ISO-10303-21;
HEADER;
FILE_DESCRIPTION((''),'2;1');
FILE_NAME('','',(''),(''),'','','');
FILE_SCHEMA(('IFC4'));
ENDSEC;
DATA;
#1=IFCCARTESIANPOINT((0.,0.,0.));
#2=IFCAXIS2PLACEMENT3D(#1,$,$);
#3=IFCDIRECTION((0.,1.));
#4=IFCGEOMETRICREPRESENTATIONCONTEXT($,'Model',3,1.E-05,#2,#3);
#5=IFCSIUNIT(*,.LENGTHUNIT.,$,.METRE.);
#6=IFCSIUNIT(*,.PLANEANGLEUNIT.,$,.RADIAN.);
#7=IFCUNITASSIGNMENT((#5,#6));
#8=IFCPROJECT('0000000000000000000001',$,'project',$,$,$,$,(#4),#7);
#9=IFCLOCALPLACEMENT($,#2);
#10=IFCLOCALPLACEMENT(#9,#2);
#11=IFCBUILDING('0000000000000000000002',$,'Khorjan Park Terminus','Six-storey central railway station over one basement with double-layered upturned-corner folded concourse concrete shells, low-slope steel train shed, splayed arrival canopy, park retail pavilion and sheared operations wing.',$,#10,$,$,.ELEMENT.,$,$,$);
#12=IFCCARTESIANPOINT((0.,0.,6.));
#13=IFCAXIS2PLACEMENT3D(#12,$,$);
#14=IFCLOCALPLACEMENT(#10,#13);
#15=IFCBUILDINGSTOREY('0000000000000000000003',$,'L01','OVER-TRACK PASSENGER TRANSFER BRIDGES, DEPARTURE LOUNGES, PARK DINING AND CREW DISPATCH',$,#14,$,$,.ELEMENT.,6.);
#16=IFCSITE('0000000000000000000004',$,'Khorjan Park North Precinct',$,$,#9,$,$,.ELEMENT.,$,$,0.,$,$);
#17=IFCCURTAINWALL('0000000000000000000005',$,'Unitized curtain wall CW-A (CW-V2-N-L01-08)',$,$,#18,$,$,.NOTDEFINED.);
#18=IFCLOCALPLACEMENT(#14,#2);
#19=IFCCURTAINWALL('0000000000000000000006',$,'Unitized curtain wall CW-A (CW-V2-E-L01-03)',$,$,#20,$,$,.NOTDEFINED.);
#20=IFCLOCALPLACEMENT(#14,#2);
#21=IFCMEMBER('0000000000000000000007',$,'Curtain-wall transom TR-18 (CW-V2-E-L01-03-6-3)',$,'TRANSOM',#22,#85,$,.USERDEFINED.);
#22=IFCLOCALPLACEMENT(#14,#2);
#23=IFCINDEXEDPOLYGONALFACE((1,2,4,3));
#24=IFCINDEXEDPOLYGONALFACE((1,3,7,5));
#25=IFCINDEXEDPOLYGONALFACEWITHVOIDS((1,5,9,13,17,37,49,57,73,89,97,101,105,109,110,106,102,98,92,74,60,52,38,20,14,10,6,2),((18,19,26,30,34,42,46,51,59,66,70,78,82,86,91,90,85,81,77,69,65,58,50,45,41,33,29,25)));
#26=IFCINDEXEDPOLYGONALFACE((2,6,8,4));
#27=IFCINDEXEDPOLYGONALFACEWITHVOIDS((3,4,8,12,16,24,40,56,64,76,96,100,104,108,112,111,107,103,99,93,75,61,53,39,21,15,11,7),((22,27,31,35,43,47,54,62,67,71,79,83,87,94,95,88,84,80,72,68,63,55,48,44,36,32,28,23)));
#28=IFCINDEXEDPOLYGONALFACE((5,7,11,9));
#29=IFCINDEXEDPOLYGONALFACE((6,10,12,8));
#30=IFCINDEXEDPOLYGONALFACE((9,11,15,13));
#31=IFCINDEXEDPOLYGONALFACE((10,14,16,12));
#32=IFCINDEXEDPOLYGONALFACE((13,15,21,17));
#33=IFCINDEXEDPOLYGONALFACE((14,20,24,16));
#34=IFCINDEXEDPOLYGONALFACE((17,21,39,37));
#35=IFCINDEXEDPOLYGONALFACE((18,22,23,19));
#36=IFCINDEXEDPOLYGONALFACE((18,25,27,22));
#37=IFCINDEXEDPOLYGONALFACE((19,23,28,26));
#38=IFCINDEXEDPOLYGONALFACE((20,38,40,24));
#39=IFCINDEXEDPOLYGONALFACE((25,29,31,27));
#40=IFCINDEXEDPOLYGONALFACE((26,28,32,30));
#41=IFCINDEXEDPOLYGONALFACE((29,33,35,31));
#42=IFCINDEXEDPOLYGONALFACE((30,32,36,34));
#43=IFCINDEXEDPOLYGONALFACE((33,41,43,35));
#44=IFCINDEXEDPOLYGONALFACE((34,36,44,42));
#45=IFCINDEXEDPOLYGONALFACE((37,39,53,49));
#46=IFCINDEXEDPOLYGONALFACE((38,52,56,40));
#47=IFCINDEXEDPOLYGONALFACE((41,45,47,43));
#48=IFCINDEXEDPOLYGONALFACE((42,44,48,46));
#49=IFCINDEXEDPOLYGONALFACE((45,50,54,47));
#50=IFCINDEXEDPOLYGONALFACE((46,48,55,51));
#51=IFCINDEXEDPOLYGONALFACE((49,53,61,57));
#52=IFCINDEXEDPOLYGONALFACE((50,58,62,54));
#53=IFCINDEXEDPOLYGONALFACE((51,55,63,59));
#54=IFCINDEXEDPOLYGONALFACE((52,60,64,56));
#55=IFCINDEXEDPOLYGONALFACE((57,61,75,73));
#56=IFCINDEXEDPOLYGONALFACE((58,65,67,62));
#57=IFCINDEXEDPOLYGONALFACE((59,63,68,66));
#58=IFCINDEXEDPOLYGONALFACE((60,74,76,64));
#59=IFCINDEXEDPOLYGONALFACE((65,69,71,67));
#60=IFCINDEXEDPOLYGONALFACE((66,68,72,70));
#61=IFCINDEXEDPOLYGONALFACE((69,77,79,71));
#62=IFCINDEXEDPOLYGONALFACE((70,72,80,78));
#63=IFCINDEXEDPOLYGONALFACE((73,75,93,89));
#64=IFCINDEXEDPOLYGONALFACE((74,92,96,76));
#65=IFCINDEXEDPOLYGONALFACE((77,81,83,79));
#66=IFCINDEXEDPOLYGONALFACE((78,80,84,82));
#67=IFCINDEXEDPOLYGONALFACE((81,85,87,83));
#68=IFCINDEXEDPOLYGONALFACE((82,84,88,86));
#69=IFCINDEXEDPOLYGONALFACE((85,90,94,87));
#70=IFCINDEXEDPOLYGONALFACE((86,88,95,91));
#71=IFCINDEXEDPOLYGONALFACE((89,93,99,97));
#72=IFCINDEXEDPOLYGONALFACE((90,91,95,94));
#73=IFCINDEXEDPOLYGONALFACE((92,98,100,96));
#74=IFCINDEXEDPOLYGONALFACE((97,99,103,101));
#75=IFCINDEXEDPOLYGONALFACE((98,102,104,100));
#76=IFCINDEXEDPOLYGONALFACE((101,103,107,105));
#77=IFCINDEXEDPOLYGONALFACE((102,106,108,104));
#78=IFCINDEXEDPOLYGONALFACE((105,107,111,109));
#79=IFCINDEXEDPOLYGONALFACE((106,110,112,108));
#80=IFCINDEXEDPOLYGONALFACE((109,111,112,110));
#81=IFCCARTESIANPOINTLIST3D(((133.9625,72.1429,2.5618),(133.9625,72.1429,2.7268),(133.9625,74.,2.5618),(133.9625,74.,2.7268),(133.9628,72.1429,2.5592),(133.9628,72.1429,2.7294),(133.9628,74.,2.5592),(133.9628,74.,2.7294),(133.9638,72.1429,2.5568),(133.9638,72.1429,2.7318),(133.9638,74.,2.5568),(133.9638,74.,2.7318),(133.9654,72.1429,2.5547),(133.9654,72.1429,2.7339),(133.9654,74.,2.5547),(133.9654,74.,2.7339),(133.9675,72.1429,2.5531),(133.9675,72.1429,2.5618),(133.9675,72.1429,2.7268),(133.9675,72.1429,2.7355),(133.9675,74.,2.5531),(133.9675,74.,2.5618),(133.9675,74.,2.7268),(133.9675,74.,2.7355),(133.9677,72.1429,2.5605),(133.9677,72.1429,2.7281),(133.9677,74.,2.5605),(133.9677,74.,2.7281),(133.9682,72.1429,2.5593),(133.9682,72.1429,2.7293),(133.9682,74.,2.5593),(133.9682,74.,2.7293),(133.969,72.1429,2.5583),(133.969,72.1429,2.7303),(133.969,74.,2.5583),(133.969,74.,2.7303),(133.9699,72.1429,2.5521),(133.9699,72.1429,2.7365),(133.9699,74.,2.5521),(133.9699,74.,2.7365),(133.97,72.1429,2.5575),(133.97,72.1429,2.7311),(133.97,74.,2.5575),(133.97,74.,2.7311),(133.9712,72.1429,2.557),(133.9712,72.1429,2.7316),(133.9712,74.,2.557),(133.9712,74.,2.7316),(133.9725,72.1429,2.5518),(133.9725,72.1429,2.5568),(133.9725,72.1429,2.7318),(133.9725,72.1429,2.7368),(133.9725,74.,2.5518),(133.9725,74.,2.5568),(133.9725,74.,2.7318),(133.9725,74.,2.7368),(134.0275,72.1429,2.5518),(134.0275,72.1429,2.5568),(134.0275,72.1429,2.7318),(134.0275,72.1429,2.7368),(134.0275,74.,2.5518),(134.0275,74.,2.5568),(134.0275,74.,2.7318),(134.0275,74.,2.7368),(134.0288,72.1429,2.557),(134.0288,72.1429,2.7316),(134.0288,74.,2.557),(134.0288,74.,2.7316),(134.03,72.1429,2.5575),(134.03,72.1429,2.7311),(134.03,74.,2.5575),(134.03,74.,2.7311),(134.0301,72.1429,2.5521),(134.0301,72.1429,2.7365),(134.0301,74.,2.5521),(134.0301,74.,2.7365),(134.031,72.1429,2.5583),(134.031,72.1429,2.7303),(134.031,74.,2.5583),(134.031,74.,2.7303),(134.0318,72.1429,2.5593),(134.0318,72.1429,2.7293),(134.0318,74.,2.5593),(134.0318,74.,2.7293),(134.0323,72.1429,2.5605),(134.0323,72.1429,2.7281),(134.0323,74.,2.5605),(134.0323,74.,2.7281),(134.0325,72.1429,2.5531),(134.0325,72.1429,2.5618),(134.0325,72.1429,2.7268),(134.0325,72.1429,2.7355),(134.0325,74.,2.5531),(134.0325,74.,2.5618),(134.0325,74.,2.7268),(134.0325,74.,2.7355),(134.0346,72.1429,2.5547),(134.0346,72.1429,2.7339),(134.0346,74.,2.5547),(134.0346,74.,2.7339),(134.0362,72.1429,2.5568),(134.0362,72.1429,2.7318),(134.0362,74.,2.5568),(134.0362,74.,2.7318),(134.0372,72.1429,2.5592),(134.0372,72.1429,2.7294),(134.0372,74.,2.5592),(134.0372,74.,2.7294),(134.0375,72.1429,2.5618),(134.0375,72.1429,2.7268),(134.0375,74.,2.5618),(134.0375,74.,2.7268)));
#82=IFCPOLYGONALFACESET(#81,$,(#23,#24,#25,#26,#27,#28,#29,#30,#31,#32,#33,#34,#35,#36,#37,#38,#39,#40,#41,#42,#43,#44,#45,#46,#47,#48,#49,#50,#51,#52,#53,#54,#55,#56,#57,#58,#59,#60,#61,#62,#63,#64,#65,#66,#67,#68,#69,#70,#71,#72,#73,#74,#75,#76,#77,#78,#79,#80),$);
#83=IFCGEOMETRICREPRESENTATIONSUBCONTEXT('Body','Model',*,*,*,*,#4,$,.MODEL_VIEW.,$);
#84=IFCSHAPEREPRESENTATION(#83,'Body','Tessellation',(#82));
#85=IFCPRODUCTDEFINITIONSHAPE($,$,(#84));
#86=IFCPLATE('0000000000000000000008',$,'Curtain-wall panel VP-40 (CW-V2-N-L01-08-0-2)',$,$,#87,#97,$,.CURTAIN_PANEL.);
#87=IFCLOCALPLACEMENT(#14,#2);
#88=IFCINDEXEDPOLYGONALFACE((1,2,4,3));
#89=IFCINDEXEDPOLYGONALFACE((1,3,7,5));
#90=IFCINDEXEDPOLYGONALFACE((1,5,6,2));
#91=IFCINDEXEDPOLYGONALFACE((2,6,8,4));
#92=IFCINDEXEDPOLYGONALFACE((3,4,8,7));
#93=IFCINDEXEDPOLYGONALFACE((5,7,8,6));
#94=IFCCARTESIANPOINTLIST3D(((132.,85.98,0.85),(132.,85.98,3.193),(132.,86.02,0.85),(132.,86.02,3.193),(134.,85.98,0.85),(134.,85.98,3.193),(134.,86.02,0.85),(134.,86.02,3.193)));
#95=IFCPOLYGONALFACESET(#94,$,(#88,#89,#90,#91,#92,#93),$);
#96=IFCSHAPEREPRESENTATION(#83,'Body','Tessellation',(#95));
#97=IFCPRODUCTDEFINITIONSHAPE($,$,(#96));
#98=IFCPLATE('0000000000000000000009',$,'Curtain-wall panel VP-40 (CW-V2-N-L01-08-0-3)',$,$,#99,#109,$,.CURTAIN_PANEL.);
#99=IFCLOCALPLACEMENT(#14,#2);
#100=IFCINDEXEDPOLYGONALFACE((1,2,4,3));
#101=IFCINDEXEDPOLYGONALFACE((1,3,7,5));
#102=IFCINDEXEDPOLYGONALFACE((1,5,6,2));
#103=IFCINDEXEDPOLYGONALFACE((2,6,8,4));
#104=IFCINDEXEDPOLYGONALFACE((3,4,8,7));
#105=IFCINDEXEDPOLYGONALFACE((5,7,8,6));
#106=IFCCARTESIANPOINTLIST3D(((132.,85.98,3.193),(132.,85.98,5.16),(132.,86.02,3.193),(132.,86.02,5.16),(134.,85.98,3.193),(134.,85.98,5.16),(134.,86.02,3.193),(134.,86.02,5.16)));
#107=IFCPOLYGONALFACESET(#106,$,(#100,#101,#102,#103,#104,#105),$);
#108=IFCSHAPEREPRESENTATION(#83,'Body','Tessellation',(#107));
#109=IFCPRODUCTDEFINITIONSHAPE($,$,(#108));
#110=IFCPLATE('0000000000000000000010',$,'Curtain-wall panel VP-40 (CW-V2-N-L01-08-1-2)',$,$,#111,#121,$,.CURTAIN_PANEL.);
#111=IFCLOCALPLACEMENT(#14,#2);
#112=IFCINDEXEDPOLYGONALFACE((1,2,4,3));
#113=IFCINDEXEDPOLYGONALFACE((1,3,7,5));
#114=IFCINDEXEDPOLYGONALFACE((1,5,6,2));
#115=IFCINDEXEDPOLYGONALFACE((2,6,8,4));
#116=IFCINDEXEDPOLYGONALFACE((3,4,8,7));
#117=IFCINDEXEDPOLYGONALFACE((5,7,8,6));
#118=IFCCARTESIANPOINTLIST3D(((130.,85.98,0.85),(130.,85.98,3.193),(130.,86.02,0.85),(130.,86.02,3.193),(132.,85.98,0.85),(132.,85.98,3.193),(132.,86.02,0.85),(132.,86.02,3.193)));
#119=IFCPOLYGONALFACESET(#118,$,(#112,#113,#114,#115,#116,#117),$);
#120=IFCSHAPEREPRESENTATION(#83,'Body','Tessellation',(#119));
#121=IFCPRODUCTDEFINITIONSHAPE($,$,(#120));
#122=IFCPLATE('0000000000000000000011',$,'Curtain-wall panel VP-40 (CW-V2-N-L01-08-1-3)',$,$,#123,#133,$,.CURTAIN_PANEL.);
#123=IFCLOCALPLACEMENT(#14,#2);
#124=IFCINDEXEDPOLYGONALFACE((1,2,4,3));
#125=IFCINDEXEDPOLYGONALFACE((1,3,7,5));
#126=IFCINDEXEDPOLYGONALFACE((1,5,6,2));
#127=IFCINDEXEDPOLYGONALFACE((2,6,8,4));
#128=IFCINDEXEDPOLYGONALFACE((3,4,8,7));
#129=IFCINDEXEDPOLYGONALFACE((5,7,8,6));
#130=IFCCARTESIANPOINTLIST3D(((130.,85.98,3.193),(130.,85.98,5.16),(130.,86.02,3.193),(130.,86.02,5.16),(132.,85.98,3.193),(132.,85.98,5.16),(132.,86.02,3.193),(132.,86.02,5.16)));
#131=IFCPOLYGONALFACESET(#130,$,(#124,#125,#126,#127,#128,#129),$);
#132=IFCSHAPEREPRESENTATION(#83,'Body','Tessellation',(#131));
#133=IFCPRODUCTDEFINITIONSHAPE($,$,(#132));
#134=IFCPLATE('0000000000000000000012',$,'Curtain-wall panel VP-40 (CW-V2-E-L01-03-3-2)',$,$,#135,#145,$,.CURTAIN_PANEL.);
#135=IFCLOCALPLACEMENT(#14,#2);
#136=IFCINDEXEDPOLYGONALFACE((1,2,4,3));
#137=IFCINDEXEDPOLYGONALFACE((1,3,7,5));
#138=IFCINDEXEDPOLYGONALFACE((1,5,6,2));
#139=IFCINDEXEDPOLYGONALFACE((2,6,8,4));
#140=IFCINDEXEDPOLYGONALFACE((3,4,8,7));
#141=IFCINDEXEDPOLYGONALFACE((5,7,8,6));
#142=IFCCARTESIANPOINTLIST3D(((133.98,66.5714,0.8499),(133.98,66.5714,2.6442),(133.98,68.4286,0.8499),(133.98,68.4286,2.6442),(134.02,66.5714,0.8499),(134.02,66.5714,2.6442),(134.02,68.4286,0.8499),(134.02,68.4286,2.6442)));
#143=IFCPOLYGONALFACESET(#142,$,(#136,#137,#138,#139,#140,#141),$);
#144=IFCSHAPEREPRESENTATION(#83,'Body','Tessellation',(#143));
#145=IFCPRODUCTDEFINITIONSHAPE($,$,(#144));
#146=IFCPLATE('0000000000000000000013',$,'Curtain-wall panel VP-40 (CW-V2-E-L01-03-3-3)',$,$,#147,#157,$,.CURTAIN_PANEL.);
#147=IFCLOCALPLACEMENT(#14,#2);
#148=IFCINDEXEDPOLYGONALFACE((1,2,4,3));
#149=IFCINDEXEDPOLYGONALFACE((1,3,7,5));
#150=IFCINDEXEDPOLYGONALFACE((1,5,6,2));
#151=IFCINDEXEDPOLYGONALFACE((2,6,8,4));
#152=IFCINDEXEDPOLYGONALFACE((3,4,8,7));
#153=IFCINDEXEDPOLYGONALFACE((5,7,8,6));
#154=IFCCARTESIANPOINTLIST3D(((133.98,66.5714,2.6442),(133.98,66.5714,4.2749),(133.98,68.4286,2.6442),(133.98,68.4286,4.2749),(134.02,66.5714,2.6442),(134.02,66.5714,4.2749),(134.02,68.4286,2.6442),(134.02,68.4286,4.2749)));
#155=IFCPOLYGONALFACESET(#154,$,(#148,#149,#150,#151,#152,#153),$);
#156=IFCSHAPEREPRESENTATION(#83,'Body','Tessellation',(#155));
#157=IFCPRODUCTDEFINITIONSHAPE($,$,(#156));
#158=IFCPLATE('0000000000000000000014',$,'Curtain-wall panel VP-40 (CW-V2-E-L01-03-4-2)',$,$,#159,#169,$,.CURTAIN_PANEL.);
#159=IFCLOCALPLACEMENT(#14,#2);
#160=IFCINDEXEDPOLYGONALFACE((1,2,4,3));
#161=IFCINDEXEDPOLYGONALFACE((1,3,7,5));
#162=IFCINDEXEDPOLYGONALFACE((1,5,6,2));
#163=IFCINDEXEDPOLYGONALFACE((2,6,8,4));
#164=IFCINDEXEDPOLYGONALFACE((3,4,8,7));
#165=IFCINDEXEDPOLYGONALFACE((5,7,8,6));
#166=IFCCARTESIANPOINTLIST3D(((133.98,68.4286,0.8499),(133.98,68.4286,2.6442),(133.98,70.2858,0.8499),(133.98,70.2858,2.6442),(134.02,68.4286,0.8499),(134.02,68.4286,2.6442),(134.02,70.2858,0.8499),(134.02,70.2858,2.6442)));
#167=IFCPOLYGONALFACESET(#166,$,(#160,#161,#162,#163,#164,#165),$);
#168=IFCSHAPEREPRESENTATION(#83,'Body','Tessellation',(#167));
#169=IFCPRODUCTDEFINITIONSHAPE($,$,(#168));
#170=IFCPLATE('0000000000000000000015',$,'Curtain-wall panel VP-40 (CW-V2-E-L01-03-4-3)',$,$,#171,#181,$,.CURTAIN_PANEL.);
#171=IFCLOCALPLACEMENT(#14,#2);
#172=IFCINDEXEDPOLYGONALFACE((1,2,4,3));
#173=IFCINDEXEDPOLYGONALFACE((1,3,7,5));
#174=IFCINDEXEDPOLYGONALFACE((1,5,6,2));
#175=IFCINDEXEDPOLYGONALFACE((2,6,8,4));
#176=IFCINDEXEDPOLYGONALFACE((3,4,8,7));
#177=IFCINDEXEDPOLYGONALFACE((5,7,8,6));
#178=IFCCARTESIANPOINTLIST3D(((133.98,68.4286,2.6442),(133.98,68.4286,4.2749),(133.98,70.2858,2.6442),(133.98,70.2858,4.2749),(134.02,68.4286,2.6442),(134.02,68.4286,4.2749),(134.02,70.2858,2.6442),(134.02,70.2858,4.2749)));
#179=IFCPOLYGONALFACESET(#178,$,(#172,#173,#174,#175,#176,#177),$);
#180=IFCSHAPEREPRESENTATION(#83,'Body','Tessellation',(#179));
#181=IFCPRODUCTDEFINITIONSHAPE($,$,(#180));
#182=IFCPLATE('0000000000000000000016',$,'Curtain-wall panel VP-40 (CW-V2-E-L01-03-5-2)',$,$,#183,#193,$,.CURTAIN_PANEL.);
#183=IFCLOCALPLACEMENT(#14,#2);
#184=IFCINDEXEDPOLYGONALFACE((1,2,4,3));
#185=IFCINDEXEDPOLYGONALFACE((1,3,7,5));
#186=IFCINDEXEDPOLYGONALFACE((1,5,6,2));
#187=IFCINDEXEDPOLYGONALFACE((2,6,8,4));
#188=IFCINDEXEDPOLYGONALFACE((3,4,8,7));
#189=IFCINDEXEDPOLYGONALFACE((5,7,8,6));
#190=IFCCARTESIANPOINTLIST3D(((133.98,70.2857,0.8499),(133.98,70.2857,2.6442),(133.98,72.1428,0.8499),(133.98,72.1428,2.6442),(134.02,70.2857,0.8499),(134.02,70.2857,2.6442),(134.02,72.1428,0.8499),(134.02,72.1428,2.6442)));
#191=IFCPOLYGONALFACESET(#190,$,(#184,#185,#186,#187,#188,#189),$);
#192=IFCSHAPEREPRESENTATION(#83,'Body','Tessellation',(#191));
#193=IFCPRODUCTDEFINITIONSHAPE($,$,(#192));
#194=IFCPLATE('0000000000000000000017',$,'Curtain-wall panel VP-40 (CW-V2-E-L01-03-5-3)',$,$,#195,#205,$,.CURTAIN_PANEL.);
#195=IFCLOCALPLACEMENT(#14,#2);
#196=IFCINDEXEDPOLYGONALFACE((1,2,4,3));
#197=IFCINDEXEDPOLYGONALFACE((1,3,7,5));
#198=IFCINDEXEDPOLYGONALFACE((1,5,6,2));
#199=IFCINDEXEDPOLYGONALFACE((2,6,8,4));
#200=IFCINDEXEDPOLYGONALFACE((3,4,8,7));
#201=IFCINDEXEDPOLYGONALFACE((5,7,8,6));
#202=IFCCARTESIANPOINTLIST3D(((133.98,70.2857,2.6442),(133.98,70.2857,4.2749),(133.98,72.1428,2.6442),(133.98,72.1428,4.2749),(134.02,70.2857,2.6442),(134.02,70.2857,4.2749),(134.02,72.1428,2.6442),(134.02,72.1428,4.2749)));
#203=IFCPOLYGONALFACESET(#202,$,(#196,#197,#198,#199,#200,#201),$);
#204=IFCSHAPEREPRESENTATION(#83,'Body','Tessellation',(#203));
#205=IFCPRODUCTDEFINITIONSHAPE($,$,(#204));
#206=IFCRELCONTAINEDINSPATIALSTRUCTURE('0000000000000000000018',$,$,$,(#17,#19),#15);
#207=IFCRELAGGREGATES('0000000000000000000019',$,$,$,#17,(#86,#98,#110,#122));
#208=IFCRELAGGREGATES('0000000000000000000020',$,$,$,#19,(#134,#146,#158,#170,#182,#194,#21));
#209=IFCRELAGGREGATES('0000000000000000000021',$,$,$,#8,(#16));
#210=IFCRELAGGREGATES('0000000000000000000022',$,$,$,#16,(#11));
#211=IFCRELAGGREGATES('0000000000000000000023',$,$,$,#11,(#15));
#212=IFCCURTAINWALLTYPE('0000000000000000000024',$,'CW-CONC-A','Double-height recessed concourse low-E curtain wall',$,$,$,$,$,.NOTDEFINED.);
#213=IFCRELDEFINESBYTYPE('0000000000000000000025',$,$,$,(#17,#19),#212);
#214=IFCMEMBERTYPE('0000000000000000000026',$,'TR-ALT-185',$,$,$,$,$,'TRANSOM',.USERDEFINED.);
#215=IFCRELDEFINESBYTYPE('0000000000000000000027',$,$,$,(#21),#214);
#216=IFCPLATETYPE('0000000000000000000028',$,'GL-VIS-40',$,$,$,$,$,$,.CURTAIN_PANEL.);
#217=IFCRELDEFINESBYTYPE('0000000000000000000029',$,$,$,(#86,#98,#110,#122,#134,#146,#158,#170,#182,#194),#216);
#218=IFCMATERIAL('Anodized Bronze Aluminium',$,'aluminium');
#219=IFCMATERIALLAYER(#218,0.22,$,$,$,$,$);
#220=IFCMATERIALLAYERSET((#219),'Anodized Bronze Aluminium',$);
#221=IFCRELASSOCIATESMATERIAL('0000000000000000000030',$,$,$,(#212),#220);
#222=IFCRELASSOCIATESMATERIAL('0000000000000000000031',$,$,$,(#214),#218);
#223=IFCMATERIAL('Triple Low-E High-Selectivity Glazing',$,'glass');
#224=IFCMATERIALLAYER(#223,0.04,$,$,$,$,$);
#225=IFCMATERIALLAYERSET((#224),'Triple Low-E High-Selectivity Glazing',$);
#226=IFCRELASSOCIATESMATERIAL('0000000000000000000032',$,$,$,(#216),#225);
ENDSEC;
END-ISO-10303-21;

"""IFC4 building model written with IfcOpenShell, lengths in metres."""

from ifc_helpers import new_model, si_unit, direction, frame, origin, origin_2d, place, context, subcontext, project, spatial, rectangle, hollow_rectangle, extrude, material, layer, layer_set, material_profile, profile_set, type_object, element, aggregate, save


model = new_model("IFC4")

# Units and contexts
model_context = context("Model", 3, precision=1e-05, world=origin(), true_north=direction((0.0, 1.0)))
body_context = subcontext(model_context, "Body", "Model", "MODEL_VIEW")
ifc_project = project(units=[si_unit("LENGTHUNIT", "METRE"), si_unit("PLANEANGLEUNIT", "RADIAN")], contexts=[model_context])

# Site, building, storey
site_placement = place(None, origin())
site = spatial("IfcSite", under=ifc_project, at=site_placement, Name="Khorjan Park North Precinct", CompositionType="ELEMENT", RefElevation=0.0)
building_placement = place(site_placement, origin())
building = spatial("IfcBuilding", under=site, at=building_placement, Name="Khorjan Park Terminus", Description="Six-storey central railway station over one basement with double-layered upturned-corner folded concourse concrete shells, low-slope steel train shed, splayed arrival canopy, park retail pavilion and sheared operations wing.", CompositionType="ELEMENT")
storey_placement = place(building_placement, frame((0.0, 0.0, 6.0)))
storey = spatial("IfcBuildingStorey", under=building, at=storey_placement, Name="L01", Description="OVER-TRACK PASSENGER TRANSFER BRIDGES, DEPARTURE LOUNGES, PARK DINING AND CREW DISPATCH", CompositionType="ELEMENT", Elevation=6.0)

# Curtain wall
ifc_material_1 = material(Name="Anodized Bronze Aluminium", Category="aluminium")
ifc_layer_1 = layer(ifc_material_1, 0.22)
ifc_layer_set_1 = layer_set([ifc_layer_1], Name="Anodized Bronze Aluminium")
curtain_wall_type = type_object("IfcCurtainWallType", Name="CW-CONC-A", Description="Double-height recessed concourse low-E curtain wall", PredefinedType="NOTDEFINED", material=ifc_layer_set_1)
curtain_wall_1_placement = place(storey_placement, origin())
curtain_wall_1 = element("IfcCurtainWall", 1, at=curtain_wall_1_placement, inside=storey, type_object=curtain_wall_type, Name="Unitized curtain wall CW-A (CW-V2-N-L01-08)", PredefinedType="NOTDEFINED")

# Curtain wall
curtain_wall_2_placement = place(storey_placement, origin())
curtain_wall_2 = element("IfcCurtainWall", 2, at=curtain_wall_2_placement, inside=storey, type_object=curtain_wall_type, Name="Unitized curtain wall CW-A (CW-V2-E-L01-03)", PredefinedType="NOTDEFINED")

# Member
ifc_material_profile_1 = material_profile(ifc_material_1, hollow_rectangle(XDim=0.075, YDim=0.185, WallThickness=0.005, InnerFilletRadius=0.005, OuterFilletRadius=0.01, at=origin_2d()), Name="ALT 75x185x5")
ifc_profile_set_1 = profile_set([ifc_material_profile_1], Name="Anodized Bronze Aluminium")
member_type_1 = type_object("IfcMemberType", Name="TR-ALT-185", ElementType="TRANSOM", PredefinedType="USERDEFINED", material=ifc_profile_set_1)
member_1_placement = place(storey_placement, frame((134.0, 72.1429, 2.6443), z_axis=(0.0, 1.0, 0.0), x_axis=(-1.0, 0.0, 0.0)))
member_1 = element("IfcMember", 3, at=member_1_placement, type_object=member_type_1, Name="Curtain-wall transom TR-18 (CW-V2-E-L01-03-6-3)", ObjectType="TRANSOM", PredefinedType="USERDEFINED", context=body_context, shape_type="SweptSolid", body=[
    extrude(hollow_rectangle(XDim=0.075, YDim=0.185, WallThickness=0.005, InnerFilletRadius=0.005, OuterFilletRadius=0.01, at=origin_2d()), origin(), (0.0, 0.0, 1.0), 1.8571),
])

# Plates
ifc_material_2 = material(Name="Triple Low-E High-Selectivity Glazing", Category="glass")
ifc_layer_2 = layer(ifc_material_2, 0.04)
ifc_layer_set_2 = layer_set([ifc_layer_2], Name="Triple Low-E High-Selectivity Glazing")
plate_type_1 = type_object("IfcPlateType", Name="GL-VIS-40", PredefinedType="CURTAIN_PANEL", material=ifc_layer_set_2)
plate_1_placement = place(storey_placement, frame((133.0, 86.0, 0.85), z_axis=(0.0, 0.0, 1.0), x_axis=(-1.0, 0.0, 0.0)))
plate_1 = element("IfcPlate", 4, at=plate_1_placement, type_object=plate_type_1, Name="Curtain-wall panel VP-40 (CW-V2-N-L01-08-0-2)", PredefinedType="CURTAIN_PANEL", context=body_context, shape_type="SweptSolid", body=[
    extrude(rectangle(XDim=2.0, YDim=0.04, at=origin_2d()), origin(), (0.0, 0.0, 1.0), 2.343),
])
plate_2_placement = place(storey_placement, frame((133.0, 86.0, 3.193), z_axis=(0.0, 0.0, 1.0), x_axis=(-1.0, 0.0, 0.0)))
plate_2 = element("IfcPlate", 5, at=plate_2_placement, type_object=plate_type_1, Name="Curtain-wall panel VP-40 (CW-V2-N-L01-08-0-3)", PredefinedType="CURTAIN_PANEL", context=body_context, shape_type="SweptSolid", body=[
    extrude(rectangle(XDim=2.0, YDim=0.04, at=origin_2d()), origin(), (0.0, 0.0, 1.0), 1.967),
])
plate_3_placement = place(storey_placement, frame((131.0, 86.0, 0.85), z_axis=(0.0, 0.0, 1.0), x_axis=(-1.0, 0.0, 0.0)))
plate_3 = element("IfcPlate", 6, at=plate_3_placement, type_object=plate_type_1, Name="Curtain-wall panel VP-40 (CW-V2-N-L01-08-1-2)", PredefinedType="CURTAIN_PANEL", context=body_context, shape_type="SweptSolid", body=[
    extrude(rectangle(XDim=2.0, YDim=0.04, at=origin_2d()), origin(), (0.0, 0.0, 1.0), 2.343),
])
plate_4_placement = place(storey_placement, frame((131.0, 86.0, 3.193), z_axis=(0.0, 0.0, 1.0), x_axis=(-1.0, 0.0, 0.0)))
plate_4 = element("IfcPlate", 7, at=plate_4_placement, type_object=plate_type_1, Name="Curtain-wall panel VP-40 (CW-V2-N-L01-08-1-3)", PredefinedType="CURTAIN_PANEL", context=body_context, shape_type="SweptSolid", body=[
    extrude(rectangle(XDim=2.0, YDim=0.04, at=origin_2d()), origin(), (0.0, 0.0, 1.0), 1.967),
])
plate_5_placement = place(storey_placement, frame((134.0, 67.5, 0.8499), z_axis=(0.0, 0.0, 1.0), x_axis=(0.0, 1.0, 0.0)))
plate_5 = element("IfcPlate", 8, at=plate_5_placement, type_object=plate_type_1, Name="Curtain-wall panel VP-40 (CW-V2-E-L01-03-3-2)", PredefinedType="CURTAIN_PANEL", context=body_context, shape_type="SweptSolid", body=[
    extrude(rectangle(XDim=1.8571, YDim=0.04, at=origin_2d()), origin(), (0.0, 0.0, 1.0), 1.7943),
])
plate_6_placement = place(storey_placement, frame((134.0, 67.5, 2.6442), z_axis=(0.0, 0.0, 1.0), x_axis=(0.0, 1.0, 0.0)))
plate_6 = element("IfcPlate", 9, at=plate_6_placement, type_object=plate_type_1, Name="Curtain-wall panel VP-40 (CW-V2-E-L01-03-3-3)", PredefinedType="CURTAIN_PANEL", context=body_context, shape_type="SweptSolid", body=[
    extrude(rectangle(XDim=1.8571, YDim=0.04, at=origin_2d()), origin(), (0.0, 0.0, 1.0), 1.6307),
])
plate_7_placement = place(storey_placement, frame((134.0, 69.3572, 0.8499), z_axis=(0.0, 0.0, 1.0), x_axis=(0.0, 1.0, 0.0)))
plate_7 = element("IfcPlate", 10, at=plate_7_placement, type_object=plate_type_1, Name="Curtain-wall panel VP-40 (CW-V2-E-L01-03-4-2)", PredefinedType="CURTAIN_PANEL", context=body_context, shape_type="SweptSolid", body=[
    extrude(rectangle(XDim=1.8571, YDim=0.04, at=origin_2d()), origin(), (0.0, 0.0, 1.0), 1.7943),
])
plate_8_placement = place(storey_placement, frame((134.0, 69.3572, 2.6442), z_axis=(0.0, 0.0, 1.0), x_axis=(0.0, 1.0, 0.0)))
plate_8 = element("IfcPlate", 11, at=plate_8_placement, type_object=plate_type_1, Name="Curtain-wall panel VP-40 (CW-V2-E-L01-03-4-3)", PredefinedType="CURTAIN_PANEL", context=body_context, shape_type="SweptSolid", body=[
    extrude(rectangle(XDim=1.8571, YDim=0.04, at=origin_2d()), origin(), (0.0, 0.0, 1.0), 1.6307),
])
plate_9_placement = place(storey_placement, frame((134.0, 71.2143, 0.8499), z_axis=(0.0, 0.0, 1.0), x_axis=(0.0, 1.0, 0.0)))
plate_9 = element("IfcPlate", 12, at=plate_9_placement, type_object=plate_type_1, Name="Curtain-wall panel VP-40 (CW-V2-E-L01-03-5-2)", PredefinedType="CURTAIN_PANEL", context=body_context, shape_type="SweptSolid", body=[
    extrude(rectangle(XDim=1.8571, YDim=0.04, at=origin_2d()), origin(), (0.0, 0.0, 1.0), 1.7943),
])
plate_10_placement = place(storey_placement, frame((134.0, 71.2143, 2.6442), z_axis=(0.0, 0.0, 1.0), x_axis=(0.0, 1.0, 0.0)))
plate_10 = element("IfcPlate", 13, at=plate_10_placement, type_object=plate_type_1, Name="Curtain-wall panel VP-40 (CW-V2-E-L01-03-5-3)", PredefinedType="CURTAIN_PANEL", context=body_context, shape_type="SweptSolid", body=[
    extrude(rectangle(XDim=1.8571, YDim=0.04, at=origin_2d()), origin(), (0.0, 0.0, 1.0), 1.6307),
])
aggregate(curtain_wall_1, [plate_1, plate_2, plate_3, plate_4])
aggregate(curtain_wall_2, [plate_5, plate_6, plate_7, plate_8, plate_9, plate_10, member_1])

save(model, "model.ifc")
